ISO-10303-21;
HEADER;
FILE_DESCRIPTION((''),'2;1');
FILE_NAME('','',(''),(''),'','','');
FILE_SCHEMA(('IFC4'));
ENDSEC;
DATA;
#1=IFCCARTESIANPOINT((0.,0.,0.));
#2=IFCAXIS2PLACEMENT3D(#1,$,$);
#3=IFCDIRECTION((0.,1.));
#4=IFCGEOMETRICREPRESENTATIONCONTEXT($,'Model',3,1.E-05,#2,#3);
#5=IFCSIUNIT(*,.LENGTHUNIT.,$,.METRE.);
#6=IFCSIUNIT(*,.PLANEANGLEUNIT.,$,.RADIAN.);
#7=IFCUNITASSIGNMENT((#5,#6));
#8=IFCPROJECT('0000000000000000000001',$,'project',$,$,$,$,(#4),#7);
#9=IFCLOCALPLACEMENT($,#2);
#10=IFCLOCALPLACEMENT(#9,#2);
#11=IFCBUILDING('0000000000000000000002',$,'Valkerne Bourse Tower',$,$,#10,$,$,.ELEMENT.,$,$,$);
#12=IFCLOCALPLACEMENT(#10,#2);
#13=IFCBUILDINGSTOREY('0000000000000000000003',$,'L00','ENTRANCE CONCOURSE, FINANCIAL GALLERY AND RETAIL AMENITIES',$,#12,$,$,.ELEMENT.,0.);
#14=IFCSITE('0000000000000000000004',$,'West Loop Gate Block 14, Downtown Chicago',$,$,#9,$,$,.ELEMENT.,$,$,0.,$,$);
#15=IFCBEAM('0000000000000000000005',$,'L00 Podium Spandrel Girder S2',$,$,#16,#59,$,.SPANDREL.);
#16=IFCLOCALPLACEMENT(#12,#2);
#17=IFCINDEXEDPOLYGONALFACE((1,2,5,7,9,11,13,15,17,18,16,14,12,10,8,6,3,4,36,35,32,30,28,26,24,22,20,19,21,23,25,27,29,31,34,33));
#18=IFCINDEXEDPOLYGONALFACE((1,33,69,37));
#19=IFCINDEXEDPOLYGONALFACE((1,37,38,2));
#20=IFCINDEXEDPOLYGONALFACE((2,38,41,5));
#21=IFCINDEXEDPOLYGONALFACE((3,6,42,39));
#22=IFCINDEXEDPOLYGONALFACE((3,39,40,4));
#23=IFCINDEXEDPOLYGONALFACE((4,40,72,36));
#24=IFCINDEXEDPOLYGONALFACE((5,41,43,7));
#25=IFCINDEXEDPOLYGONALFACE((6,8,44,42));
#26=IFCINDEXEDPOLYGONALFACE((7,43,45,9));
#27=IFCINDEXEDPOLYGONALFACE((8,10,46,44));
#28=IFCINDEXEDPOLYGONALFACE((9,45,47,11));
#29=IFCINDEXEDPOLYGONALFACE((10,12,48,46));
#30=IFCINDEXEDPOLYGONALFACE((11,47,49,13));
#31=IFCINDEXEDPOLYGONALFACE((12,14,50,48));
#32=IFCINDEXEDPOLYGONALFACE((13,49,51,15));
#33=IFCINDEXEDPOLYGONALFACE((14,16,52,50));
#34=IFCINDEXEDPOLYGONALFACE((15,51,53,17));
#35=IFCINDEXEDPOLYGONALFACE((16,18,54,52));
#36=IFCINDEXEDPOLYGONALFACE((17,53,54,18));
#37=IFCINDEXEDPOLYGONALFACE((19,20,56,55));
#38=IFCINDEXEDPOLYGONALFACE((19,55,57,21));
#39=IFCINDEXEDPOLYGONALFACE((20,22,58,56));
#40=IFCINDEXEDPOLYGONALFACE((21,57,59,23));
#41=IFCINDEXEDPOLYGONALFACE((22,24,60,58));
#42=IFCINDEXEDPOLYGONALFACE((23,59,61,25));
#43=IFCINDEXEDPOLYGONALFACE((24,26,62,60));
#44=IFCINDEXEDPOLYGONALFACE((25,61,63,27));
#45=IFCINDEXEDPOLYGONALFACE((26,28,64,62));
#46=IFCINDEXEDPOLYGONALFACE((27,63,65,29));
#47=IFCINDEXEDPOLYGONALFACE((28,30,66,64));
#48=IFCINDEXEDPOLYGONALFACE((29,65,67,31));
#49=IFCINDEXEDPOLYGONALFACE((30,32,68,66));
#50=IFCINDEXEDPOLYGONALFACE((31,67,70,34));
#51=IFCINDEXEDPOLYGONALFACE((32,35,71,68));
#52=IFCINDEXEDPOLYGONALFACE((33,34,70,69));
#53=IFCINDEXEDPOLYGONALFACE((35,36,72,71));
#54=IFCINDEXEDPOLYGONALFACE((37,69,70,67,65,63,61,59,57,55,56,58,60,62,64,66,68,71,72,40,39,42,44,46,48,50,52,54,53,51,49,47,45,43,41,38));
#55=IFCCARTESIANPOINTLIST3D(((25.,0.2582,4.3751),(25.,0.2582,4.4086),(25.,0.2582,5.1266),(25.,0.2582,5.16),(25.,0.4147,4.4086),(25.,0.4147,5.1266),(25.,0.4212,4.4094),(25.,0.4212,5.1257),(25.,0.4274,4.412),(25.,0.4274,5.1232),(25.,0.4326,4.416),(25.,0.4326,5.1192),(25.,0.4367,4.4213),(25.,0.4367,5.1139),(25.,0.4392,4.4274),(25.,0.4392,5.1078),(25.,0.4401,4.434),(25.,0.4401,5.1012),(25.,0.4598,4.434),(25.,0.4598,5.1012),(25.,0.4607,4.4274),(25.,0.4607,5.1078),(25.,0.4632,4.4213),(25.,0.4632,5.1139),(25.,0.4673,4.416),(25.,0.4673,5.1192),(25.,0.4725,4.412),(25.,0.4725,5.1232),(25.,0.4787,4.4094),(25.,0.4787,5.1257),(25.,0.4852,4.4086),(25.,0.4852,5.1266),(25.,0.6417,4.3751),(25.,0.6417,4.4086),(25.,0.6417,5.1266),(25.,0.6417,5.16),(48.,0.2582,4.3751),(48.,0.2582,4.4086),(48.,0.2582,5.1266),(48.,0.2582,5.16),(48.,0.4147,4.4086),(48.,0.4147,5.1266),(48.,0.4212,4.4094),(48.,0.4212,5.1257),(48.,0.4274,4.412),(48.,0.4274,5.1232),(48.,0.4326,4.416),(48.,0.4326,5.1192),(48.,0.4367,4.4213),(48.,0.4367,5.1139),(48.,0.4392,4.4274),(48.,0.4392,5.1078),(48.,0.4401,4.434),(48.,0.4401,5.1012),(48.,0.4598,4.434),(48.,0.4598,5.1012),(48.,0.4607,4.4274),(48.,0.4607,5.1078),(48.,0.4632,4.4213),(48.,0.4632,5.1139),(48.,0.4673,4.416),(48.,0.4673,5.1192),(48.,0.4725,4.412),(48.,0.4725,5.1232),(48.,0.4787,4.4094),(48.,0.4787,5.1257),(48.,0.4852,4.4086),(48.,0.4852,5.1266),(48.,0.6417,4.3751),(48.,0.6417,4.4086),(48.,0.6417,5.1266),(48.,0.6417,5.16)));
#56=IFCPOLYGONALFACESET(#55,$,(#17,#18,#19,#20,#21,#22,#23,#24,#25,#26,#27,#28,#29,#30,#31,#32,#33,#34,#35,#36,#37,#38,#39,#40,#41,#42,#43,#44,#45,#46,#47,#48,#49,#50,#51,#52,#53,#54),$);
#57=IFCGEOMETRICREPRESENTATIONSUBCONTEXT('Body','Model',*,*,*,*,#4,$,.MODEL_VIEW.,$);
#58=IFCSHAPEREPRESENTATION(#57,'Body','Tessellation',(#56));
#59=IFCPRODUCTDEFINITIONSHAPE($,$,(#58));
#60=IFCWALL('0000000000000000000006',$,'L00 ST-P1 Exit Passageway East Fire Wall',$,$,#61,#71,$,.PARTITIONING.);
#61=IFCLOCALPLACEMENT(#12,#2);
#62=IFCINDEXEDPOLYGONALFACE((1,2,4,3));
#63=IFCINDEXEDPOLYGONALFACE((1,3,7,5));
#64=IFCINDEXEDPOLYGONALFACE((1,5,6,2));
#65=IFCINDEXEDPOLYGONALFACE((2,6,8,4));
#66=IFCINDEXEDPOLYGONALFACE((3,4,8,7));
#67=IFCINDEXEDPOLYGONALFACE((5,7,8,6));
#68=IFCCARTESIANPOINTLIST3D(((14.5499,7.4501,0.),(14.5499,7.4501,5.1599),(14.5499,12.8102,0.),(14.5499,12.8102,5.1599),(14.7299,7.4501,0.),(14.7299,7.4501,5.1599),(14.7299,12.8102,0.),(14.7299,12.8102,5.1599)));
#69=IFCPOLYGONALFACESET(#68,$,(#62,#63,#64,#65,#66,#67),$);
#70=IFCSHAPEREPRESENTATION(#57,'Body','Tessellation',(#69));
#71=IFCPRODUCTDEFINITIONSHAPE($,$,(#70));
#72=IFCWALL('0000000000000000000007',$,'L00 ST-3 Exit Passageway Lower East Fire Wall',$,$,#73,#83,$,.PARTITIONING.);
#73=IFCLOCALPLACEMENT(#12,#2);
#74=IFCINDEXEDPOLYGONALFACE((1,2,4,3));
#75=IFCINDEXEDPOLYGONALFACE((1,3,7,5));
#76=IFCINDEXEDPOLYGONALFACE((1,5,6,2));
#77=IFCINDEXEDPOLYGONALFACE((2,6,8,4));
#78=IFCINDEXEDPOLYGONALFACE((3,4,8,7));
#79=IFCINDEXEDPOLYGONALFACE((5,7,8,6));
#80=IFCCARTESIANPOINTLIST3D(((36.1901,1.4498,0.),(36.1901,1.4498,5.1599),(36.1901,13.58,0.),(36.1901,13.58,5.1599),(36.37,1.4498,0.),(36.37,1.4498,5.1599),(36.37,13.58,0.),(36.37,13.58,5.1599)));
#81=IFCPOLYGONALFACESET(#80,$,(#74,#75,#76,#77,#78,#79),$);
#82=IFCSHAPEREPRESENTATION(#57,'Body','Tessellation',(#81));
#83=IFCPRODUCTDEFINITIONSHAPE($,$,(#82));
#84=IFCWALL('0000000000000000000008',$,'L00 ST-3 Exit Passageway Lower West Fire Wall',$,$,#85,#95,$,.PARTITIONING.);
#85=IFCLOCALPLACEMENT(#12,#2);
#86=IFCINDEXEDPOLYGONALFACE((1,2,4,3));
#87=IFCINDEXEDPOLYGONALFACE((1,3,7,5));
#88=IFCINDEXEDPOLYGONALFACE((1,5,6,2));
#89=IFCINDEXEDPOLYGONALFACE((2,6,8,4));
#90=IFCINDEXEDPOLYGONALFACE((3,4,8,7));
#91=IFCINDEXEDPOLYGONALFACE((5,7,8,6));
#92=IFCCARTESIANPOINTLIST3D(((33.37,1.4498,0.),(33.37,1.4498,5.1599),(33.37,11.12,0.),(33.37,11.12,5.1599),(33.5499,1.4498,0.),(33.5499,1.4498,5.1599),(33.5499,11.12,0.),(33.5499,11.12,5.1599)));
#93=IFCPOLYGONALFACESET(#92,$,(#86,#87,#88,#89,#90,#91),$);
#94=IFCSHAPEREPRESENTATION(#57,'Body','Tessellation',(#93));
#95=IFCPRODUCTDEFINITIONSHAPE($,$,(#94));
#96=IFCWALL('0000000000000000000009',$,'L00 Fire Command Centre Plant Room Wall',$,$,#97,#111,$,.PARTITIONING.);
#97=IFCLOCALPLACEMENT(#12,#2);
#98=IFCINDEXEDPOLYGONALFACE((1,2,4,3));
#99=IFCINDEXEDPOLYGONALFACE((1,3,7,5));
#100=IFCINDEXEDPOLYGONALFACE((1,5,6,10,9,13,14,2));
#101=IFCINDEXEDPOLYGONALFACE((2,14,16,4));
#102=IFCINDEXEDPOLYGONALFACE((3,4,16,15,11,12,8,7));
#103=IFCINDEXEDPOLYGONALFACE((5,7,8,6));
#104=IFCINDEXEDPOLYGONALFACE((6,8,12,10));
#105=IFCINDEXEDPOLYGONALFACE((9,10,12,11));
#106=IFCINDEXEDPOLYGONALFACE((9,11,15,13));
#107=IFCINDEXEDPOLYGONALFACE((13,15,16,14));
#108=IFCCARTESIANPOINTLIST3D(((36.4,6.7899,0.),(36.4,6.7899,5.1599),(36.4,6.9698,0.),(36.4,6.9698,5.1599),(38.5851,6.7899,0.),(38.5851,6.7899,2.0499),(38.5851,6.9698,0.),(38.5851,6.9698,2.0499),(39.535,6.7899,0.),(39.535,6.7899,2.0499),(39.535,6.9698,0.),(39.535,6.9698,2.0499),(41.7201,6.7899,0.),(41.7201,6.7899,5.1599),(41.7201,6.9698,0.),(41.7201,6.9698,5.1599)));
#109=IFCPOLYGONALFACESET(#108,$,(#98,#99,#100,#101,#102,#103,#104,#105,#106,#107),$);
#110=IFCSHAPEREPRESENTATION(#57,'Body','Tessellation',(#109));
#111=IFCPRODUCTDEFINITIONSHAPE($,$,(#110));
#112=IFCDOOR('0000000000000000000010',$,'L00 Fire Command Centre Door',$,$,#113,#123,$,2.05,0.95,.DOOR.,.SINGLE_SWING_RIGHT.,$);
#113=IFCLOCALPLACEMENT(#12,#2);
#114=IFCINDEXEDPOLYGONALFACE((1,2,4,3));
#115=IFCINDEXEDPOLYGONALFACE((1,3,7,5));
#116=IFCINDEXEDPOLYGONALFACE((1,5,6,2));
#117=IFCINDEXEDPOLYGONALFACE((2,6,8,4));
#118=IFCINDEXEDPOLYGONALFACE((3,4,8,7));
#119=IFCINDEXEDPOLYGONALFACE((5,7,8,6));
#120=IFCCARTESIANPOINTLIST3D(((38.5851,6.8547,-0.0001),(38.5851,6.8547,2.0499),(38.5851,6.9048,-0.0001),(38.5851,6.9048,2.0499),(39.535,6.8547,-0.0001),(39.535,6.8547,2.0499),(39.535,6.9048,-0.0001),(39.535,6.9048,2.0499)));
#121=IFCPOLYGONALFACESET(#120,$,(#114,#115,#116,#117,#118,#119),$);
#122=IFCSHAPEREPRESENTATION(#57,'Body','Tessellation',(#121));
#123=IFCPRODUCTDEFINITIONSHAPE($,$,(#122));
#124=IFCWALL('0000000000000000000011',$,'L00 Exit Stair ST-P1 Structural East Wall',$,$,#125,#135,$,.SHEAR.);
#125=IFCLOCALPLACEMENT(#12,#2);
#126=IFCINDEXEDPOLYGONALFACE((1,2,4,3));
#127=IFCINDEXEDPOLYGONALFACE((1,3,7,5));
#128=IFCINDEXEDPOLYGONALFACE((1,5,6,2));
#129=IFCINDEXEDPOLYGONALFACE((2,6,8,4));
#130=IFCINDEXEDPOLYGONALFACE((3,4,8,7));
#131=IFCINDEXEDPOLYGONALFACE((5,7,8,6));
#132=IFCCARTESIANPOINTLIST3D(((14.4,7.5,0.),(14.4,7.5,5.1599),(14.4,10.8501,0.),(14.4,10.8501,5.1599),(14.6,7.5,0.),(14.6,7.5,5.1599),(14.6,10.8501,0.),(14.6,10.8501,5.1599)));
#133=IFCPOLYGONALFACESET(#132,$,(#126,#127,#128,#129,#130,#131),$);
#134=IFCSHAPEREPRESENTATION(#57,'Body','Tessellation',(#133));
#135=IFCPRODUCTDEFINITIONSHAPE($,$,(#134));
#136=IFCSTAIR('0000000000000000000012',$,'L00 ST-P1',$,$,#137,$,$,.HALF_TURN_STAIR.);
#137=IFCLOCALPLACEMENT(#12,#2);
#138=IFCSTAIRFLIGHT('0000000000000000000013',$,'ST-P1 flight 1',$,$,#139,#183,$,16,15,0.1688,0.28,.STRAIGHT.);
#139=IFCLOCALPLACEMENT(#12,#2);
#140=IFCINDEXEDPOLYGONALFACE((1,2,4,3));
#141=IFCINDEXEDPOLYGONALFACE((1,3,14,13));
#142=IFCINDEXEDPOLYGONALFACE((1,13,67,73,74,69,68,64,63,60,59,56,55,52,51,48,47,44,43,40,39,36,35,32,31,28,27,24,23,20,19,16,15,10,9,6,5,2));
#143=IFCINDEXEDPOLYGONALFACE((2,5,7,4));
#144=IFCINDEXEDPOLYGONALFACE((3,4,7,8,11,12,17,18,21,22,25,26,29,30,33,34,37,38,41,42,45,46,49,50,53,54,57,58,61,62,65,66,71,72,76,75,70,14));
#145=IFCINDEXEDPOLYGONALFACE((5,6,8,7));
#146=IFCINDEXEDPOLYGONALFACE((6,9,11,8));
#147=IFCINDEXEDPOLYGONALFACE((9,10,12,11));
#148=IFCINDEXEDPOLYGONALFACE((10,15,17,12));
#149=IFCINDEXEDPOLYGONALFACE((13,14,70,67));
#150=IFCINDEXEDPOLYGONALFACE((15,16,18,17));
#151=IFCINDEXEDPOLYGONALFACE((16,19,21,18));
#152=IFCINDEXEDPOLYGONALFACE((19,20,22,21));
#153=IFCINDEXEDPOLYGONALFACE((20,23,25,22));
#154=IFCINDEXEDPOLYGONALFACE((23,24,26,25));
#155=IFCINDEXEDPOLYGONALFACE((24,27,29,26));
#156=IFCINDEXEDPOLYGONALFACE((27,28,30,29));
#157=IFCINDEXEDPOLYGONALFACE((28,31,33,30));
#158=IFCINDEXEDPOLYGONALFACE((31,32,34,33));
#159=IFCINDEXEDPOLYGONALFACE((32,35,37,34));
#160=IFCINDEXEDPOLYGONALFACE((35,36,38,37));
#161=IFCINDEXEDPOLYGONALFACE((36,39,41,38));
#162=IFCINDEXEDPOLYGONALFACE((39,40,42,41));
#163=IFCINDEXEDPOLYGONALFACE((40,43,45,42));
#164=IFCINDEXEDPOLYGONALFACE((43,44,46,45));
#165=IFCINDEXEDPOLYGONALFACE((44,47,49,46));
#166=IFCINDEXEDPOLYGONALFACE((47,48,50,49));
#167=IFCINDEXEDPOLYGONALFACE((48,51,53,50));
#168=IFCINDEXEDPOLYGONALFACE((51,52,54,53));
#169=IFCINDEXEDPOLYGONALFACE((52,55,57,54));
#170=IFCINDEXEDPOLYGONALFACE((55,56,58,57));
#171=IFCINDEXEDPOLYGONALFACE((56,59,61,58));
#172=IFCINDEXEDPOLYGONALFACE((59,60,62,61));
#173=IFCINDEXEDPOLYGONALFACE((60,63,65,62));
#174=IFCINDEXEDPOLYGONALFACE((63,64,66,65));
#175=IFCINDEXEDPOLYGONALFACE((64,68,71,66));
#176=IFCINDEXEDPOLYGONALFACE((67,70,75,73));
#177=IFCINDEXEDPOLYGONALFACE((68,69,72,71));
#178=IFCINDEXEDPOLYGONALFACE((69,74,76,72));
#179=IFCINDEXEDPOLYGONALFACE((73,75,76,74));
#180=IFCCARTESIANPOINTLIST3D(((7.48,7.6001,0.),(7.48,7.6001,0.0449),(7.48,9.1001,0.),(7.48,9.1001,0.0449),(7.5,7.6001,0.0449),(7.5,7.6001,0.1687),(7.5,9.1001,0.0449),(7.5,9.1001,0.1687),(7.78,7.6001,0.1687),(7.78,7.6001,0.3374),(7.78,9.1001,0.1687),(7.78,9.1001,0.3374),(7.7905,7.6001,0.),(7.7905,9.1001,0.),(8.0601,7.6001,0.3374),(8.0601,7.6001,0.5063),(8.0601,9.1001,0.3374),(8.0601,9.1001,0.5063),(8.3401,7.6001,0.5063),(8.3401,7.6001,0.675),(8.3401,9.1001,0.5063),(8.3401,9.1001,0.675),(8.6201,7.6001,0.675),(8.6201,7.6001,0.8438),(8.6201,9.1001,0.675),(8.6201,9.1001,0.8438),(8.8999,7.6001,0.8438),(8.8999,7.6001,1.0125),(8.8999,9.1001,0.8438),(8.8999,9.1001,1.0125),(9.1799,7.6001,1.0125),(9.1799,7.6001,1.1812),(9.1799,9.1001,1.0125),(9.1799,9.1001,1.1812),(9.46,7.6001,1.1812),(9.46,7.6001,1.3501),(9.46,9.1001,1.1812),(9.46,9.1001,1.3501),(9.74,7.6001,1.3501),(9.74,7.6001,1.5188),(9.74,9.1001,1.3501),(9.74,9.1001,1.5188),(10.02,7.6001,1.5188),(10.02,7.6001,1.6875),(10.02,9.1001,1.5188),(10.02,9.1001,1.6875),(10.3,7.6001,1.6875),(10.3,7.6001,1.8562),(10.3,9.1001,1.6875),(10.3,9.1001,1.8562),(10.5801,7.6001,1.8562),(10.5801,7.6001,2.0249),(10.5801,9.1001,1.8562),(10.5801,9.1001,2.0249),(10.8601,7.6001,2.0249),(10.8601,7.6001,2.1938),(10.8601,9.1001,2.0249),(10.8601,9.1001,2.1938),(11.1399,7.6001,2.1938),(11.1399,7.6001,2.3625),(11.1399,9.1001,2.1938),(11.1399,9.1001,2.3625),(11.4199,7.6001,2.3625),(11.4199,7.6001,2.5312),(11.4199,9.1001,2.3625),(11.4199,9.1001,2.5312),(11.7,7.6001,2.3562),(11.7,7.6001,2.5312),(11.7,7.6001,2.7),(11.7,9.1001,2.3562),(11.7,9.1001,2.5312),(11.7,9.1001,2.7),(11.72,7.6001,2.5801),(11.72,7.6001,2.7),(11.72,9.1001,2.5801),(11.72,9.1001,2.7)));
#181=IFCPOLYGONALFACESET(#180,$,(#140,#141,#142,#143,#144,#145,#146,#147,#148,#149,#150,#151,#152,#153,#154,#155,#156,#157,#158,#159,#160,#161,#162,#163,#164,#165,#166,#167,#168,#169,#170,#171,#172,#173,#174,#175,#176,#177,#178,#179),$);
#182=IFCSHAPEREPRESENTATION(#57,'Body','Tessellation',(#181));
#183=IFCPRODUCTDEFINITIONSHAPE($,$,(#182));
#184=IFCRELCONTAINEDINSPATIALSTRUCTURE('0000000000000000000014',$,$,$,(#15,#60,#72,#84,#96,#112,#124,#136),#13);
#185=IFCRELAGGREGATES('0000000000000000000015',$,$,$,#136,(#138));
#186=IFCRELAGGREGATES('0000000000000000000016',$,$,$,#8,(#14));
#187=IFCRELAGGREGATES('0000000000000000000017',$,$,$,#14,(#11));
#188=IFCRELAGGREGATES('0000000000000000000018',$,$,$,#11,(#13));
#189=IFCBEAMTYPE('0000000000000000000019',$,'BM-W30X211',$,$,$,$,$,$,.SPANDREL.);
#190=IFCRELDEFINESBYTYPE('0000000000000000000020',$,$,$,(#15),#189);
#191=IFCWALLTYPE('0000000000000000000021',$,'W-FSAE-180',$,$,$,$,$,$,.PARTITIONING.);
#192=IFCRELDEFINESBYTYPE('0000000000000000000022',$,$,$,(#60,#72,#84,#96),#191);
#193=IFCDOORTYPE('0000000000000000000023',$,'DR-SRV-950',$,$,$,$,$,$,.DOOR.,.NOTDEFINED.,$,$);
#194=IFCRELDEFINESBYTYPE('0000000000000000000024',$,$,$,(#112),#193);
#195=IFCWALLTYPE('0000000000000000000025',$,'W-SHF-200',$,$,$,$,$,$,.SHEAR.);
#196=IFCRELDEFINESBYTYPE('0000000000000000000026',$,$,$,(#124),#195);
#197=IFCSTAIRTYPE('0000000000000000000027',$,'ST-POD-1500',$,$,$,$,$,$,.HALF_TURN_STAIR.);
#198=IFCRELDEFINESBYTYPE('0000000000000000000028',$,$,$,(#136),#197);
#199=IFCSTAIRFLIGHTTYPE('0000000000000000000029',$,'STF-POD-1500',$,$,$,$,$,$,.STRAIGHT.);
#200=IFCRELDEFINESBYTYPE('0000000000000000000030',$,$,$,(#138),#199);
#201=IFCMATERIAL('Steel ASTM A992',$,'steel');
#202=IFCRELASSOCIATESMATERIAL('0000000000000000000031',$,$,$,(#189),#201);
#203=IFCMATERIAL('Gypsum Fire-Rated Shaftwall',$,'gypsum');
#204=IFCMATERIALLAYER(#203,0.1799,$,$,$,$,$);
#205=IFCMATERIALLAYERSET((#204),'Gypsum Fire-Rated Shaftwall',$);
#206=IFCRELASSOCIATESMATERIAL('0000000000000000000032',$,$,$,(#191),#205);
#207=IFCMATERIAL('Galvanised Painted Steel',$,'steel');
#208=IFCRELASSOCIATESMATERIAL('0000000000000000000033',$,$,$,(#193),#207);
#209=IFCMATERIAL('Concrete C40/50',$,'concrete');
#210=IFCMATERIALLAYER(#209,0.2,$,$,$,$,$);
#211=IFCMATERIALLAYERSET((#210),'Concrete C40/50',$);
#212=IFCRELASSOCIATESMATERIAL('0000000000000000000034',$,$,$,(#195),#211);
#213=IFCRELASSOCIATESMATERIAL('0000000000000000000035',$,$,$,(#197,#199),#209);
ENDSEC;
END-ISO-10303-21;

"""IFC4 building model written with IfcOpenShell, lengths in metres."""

from ifc_helpers import new_model, si_unit, direction, frame, frame_2d, origin, origin_2d, place, context, subcontext, project, spatial, polyline, rectangle, i_section, outline, extrude, material, layer, layer_set, material_profile, profile_set, type_object, element, fill, aggregate, save


model = new_model("IFC4")

# Units and contexts
model_context = context("Model", 3, precision=1e-05, world=origin(), true_north=direction((0.0, 1.0)))
body_context = subcontext(model_context, "Body", "Model", "MODEL_VIEW")
ifc_project = project(units=[si_unit("LENGTHUNIT", "METRE"), si_unit("PLANEANGLEUNIT", "RADIAN")], contexts=[model_context])

# Site, building, storey
site_placement = place(None, origin())
site = spatial("IfcSite", under=ifc_project, at=site_placement, Name="West Loop Gate Block 14, Downtown Chicago", CompositionType="ELEMENT", RefElevation=0.0)
building_placement = place(site_placement, origin())
building = spatial("IfcBuilding", under=site, at=building_placement, Name="Valkerne Bourse Tower", CompositionType="ELEMENT")
storey_placement = place(building_placement, origin())
storey = spatial("IfcBuildingStorey", under=building, at=storey_placement, Name="L00", Description="ENTRANCE CONCOURSE, FINANCIAL GALLERY AND RETAIL AMENITIES", CompositionType="ELEMENT", Elevation=0.0)

# Beam
ifc_material_1 = material(Name="Steel ASTM A992", Category="steel")
ifc_material_profile_1 = material_profile(ifc_material_1, i_section(OverallWidth=0.3835, OverallDepth=0.7849, WebThickness=0.0198, FlangeThickness=0.0334, FilletRadius=0.0254, at=origin_2d()), Name="W30X211")
ifc_profile_set_1 = profile_set([ifc_material_profile_1], Name="Steel ASTM A992")
beam_type = type_object("IfcBeamType", Name="BM-W30X211", PredefinedType="SPANDREL", material=ifc_profile_set_1)
beam_placement = place(storey_placement, frame((25.0, 0.45, 4.7676), z_axis=(1.0, 0.0, 0.0), x_axis=(0.0, 1.0, 0.0)))
element("IfcBeam", 1, at=beam_placement, inside=storey, type_object=beam_type, Name="L00 Podium Spandrel Girder S2", PredefinedType="SPANDREL", context=body_context, shape_type="SweptSolid", body=[
    extrude(i_section(OverallWidth=0.3835, OverallDepth=0.7849, WebThickness=0.0198, FlangeThickness=0.0334, FilletRadius=0.0254, at=origin_2d()), origin(), (0.0, 0.0, 1.0), 23.0),
])

# Walls
ifc_material_2 = material(Name="Gypsum Fire-Rated Shaftwall", Category="gypsum")
ifc_layer_1 = layer(ifc_material_2, 0.1799)
ifc_layer_set_1 = layer_set([ifc_layer_1], Name="Gypsum Fire-Rated Shaftwall")
wall_type_1 = type_object("IfcWallType", Name="W-FSAE-180", PredefinedType="PARTITIONING", material=ifc_layer_set_1)
wall_1_placement = place(storey_placement, frame((14.6399, 7.45, 0.0), z_axis=(0.0, 0.0, 1.0), x_axis=(0.0, 1.0, 0.0)))
element("IfcWall", 2, at=wall_1_placement, inside=storey, type_object=wall_type_1, Name="L00 ST-P1 Exit Passageway East Fire Wall", PredefinedType="PARTITIONING", context=body_context, shape_type="SweptSolid", body=[
    extrude(rectangle(XDim=5.3601, YDim=0.1799, at=frame_2d((2.6802, 0.0))), origin(), (0.0, 0.0, 1.0), 5.1599),
])
wall_2_placement = place(storey_placement, frame((36.28, 1.45, 0.0), z_axis=(0.0, 0.0, 1.0), x_axis=(0.0, 1.0, 0.0)))
element("IfcWall", 3, at=wall_2_placement, inside=storey, type_object=wall_type_1, Name="L00 ST-3 Exit Passageway Lower East Fire Wall", PredefinedType="PARTITIONING", context=body_context, shape_type="SweptSolid", body=[
    extrude(rectangle(XDim=12.1301, YDim=0.1799, at=frame_2d((6.0649, 0.0))), origin(), (0.0, 0.0, 1.0), 5.1599),
])
wall_3_placement = place(storey_placement, frame((33.46, 1.45, 0.0), z_axis=(0.0, 0.0, 1.0), x_axis=(0.0, 1.0, 0.0)))
element("IfcWall", 4, at=wall_3_placement, inside=storey, type_object=wall_type_1, Name="L00 ST-3 Exit Passageway Lower West Fire Wall", PredefinedType="PARTITIONING", context=body_context, shape_type="SweptSolid", body=[
    extrude(rectangle(XDim=9.6702, YDim=0.1799, at=frame_2d((4.835, 0.0))), origin(), (0.0, 0.0, 1.0), 5.1599),
])

# Wall, opening, door
wall_4_placement = place(storey_placement, frame((36.3999, 6.8799, 0.0), z_axis=(0.0, 0.0, 1.0), x_axis=(1.0, 0.0, 0.0)))
wall_4 = element("IfcWall", 5, at=wall_4_placement, inside=storey, type_object=wall_type_1, Name="L00 Fire Command Centre Plant Room Wall", PredefinedType="PARTITIONING", context=body_context, shape_type="SweptSolid", body=[
    extrude(rectangle(XDim=5.3201, YDim=0.1799, at=frame_2d((2.6602, 0.0))), origin(), (0.0, 0.0, 1.0), 5.1599),
])
opening_placement = place(wall_4_placement, frame((2.1851, 0.0, 0.0)))
opening = element("IfcOpeningElement", 6, at=opening_placement, cuts=wall_4, PredefinedType="OPENING", context=body_context, shape_type="SweptSolid", body=[
    extrude(rectangle(XDim=0.95, YDim=2.05, at=frame_2d((0.4751, 1.0249))), frame((0.0, 0.0999, 0.0), z_axis=(0.0, -1.0, 0.0), x_axis=(1.0, 0.0, 0.0)), (0.0, 0.0, 1.0), 0.2),
])
ifc_material_3 = material(Name="Galvanised Painted Steel", Category="steel")
door_type = type_object("IfcDoorType", Name="DR-SRV-950", OperationType="NOTDEFINED", PredefinedType="DOOR", material=ifc_material_3)
door_placement = place(opening_placement, origin())
door = element("IfcDoor", 7, at=door_placement, inside=storey, type_object=door_type, Name="L00 Fire Command Centre Door", OperationType="SINGLE_SWING_RIGHT", OverallHeight=2.05, OverallWidth=0.95, PredefinedType="DOOR", context=body_context, shape_type="SweptSolid", body=[
    extrude(rectangle(XDim=0.95, YDim=2.05, at=frame_2d((0.4751, 1.0249))), frame((0.0, 0.0249, 0.0), z_axis=(0.0, -1.0, 0.0), x_axis=(1.0, 0.0, 0.0)), (0.0, 0.0, 1.0), 0.05),
])
fill(opening, door)

# Wall
ifc_material_4 = material(Name="Concrete C40/50", Category="concrete")
ifc_layer_2 = layer(ifc_material_4, 0.2)
ifc_layer_set_2 = layer_set([ifc_layer_2], Name="Concrete C40/50")
wall_type_2 = type_object("IfcWallType", Name="W-SHF-200", PredefinedType="SHEAR", material=ifc_layer_set_2)
wall_5_placement = place(storey_placement, frame((14.5, 7.5, 0.0), z_axis=(0.0, 0.0, 1.0), x_axis=(0.0, 1.0, 0.0)))
element("IfcWall", 8, at=wall_5_placement, inside=storey, type_object=wall_type_2, Name="L00 Exit Stair ST-P1 Structural East Wall", PredefinedType="SHEAR", context=body_context, shape_type="SweptSolid", body=[
    extrude(rectangle(XDim=3.3501, YDim=0.2, at=frame_2d((1.675, 0.0))), origin(), (0.0, 0.0, 1.0), 5.1599),
])

# Stair, stair flight
stair_type = type_object("IfcStairType", Name="ST-POD-1500", PredefinedType="HALF_TURN_STAIR", material=ifc_material_4)
stair_placement = place(storey_placement, origin())
stair = element("IfcStair", 9, at=stair_placement, inside=storey, type_object=stair_type, Name="L00 ST-P1", PredefinedType="HALF_TURN_STAIR")
stair_flight_type = type_object("IfcStairFlightType", Name="STF-POD-1500", PredefinedType="STRAIGHT", material=ifc_material_4)
stair_flight_1_placement = place(storey_placement, frame((7.5, 8.3501, 0.0), z_axis=(0.0, 0.0, 1.0), x_axis=(1.0, 0.0, 0.0)))
stair_flight_1 = element("IfcStairFlight", 10, at=stair_flight_1_placement, type_object=stair_flight_type, Name="ST-P1 flight 1", NumberOfRisers=16, NumberOfTreads=15, PredefinedType="STRAIGHT", RiserHeight=0.1688, TreadLength=0.28, context=body_context, shape_type="SweptSolid", body=[
    extrude(outline(polyline([(-0.02, 0.0), (-0.02, 0.0449), (0.0, 0.0449), (0.0, 0.1687), (0.28, 0.1687), (0.28, 0.3374), (0.5601, 0.3374), (0.5601, 0.5063), (0.8401, 0.5063), (0.8401, 0.675), (1.1201, 0.675), (1.1201, 0.8438), (1.3999, 0.8438), (1.3999, 1.0125), (1.6799, 1.0125), (1.6799, 1.1812), (1.96, 1.1812), (1.96, 1.3501), (2.24, 1.3501), (2.24, 1.5188), (2.52, 1.5188), (2.52, 1.6875), (2.8, 1.6875), (2.8, 1.8562), (3.0801, 1.8562), (3.0801, 2.0249), (3.3601, 2.0249), (3.3601, 2.1938), (3.6399, 2.1938), (3.6399, 2.3625), (3.9199, 2.3625), (3.9199, 2.5312), (4.2, 2.5312), (4.2, 2.7), (4.22, 2.7), (4.22, 2.5801), (4.2, 2.3562), (0.2905, 0.0), (-0.02, 0.0)])), frame((0.0, 0.75, 0.0), z_axis=(0.0, -1.0, 0.0), x_axis=(1.0, 0.0, 0.0)), (0.0, 0.0, 1.0), 1.5),
])
aggregate(stair, [stair_flight_1])

save(model, "model.ifc")
